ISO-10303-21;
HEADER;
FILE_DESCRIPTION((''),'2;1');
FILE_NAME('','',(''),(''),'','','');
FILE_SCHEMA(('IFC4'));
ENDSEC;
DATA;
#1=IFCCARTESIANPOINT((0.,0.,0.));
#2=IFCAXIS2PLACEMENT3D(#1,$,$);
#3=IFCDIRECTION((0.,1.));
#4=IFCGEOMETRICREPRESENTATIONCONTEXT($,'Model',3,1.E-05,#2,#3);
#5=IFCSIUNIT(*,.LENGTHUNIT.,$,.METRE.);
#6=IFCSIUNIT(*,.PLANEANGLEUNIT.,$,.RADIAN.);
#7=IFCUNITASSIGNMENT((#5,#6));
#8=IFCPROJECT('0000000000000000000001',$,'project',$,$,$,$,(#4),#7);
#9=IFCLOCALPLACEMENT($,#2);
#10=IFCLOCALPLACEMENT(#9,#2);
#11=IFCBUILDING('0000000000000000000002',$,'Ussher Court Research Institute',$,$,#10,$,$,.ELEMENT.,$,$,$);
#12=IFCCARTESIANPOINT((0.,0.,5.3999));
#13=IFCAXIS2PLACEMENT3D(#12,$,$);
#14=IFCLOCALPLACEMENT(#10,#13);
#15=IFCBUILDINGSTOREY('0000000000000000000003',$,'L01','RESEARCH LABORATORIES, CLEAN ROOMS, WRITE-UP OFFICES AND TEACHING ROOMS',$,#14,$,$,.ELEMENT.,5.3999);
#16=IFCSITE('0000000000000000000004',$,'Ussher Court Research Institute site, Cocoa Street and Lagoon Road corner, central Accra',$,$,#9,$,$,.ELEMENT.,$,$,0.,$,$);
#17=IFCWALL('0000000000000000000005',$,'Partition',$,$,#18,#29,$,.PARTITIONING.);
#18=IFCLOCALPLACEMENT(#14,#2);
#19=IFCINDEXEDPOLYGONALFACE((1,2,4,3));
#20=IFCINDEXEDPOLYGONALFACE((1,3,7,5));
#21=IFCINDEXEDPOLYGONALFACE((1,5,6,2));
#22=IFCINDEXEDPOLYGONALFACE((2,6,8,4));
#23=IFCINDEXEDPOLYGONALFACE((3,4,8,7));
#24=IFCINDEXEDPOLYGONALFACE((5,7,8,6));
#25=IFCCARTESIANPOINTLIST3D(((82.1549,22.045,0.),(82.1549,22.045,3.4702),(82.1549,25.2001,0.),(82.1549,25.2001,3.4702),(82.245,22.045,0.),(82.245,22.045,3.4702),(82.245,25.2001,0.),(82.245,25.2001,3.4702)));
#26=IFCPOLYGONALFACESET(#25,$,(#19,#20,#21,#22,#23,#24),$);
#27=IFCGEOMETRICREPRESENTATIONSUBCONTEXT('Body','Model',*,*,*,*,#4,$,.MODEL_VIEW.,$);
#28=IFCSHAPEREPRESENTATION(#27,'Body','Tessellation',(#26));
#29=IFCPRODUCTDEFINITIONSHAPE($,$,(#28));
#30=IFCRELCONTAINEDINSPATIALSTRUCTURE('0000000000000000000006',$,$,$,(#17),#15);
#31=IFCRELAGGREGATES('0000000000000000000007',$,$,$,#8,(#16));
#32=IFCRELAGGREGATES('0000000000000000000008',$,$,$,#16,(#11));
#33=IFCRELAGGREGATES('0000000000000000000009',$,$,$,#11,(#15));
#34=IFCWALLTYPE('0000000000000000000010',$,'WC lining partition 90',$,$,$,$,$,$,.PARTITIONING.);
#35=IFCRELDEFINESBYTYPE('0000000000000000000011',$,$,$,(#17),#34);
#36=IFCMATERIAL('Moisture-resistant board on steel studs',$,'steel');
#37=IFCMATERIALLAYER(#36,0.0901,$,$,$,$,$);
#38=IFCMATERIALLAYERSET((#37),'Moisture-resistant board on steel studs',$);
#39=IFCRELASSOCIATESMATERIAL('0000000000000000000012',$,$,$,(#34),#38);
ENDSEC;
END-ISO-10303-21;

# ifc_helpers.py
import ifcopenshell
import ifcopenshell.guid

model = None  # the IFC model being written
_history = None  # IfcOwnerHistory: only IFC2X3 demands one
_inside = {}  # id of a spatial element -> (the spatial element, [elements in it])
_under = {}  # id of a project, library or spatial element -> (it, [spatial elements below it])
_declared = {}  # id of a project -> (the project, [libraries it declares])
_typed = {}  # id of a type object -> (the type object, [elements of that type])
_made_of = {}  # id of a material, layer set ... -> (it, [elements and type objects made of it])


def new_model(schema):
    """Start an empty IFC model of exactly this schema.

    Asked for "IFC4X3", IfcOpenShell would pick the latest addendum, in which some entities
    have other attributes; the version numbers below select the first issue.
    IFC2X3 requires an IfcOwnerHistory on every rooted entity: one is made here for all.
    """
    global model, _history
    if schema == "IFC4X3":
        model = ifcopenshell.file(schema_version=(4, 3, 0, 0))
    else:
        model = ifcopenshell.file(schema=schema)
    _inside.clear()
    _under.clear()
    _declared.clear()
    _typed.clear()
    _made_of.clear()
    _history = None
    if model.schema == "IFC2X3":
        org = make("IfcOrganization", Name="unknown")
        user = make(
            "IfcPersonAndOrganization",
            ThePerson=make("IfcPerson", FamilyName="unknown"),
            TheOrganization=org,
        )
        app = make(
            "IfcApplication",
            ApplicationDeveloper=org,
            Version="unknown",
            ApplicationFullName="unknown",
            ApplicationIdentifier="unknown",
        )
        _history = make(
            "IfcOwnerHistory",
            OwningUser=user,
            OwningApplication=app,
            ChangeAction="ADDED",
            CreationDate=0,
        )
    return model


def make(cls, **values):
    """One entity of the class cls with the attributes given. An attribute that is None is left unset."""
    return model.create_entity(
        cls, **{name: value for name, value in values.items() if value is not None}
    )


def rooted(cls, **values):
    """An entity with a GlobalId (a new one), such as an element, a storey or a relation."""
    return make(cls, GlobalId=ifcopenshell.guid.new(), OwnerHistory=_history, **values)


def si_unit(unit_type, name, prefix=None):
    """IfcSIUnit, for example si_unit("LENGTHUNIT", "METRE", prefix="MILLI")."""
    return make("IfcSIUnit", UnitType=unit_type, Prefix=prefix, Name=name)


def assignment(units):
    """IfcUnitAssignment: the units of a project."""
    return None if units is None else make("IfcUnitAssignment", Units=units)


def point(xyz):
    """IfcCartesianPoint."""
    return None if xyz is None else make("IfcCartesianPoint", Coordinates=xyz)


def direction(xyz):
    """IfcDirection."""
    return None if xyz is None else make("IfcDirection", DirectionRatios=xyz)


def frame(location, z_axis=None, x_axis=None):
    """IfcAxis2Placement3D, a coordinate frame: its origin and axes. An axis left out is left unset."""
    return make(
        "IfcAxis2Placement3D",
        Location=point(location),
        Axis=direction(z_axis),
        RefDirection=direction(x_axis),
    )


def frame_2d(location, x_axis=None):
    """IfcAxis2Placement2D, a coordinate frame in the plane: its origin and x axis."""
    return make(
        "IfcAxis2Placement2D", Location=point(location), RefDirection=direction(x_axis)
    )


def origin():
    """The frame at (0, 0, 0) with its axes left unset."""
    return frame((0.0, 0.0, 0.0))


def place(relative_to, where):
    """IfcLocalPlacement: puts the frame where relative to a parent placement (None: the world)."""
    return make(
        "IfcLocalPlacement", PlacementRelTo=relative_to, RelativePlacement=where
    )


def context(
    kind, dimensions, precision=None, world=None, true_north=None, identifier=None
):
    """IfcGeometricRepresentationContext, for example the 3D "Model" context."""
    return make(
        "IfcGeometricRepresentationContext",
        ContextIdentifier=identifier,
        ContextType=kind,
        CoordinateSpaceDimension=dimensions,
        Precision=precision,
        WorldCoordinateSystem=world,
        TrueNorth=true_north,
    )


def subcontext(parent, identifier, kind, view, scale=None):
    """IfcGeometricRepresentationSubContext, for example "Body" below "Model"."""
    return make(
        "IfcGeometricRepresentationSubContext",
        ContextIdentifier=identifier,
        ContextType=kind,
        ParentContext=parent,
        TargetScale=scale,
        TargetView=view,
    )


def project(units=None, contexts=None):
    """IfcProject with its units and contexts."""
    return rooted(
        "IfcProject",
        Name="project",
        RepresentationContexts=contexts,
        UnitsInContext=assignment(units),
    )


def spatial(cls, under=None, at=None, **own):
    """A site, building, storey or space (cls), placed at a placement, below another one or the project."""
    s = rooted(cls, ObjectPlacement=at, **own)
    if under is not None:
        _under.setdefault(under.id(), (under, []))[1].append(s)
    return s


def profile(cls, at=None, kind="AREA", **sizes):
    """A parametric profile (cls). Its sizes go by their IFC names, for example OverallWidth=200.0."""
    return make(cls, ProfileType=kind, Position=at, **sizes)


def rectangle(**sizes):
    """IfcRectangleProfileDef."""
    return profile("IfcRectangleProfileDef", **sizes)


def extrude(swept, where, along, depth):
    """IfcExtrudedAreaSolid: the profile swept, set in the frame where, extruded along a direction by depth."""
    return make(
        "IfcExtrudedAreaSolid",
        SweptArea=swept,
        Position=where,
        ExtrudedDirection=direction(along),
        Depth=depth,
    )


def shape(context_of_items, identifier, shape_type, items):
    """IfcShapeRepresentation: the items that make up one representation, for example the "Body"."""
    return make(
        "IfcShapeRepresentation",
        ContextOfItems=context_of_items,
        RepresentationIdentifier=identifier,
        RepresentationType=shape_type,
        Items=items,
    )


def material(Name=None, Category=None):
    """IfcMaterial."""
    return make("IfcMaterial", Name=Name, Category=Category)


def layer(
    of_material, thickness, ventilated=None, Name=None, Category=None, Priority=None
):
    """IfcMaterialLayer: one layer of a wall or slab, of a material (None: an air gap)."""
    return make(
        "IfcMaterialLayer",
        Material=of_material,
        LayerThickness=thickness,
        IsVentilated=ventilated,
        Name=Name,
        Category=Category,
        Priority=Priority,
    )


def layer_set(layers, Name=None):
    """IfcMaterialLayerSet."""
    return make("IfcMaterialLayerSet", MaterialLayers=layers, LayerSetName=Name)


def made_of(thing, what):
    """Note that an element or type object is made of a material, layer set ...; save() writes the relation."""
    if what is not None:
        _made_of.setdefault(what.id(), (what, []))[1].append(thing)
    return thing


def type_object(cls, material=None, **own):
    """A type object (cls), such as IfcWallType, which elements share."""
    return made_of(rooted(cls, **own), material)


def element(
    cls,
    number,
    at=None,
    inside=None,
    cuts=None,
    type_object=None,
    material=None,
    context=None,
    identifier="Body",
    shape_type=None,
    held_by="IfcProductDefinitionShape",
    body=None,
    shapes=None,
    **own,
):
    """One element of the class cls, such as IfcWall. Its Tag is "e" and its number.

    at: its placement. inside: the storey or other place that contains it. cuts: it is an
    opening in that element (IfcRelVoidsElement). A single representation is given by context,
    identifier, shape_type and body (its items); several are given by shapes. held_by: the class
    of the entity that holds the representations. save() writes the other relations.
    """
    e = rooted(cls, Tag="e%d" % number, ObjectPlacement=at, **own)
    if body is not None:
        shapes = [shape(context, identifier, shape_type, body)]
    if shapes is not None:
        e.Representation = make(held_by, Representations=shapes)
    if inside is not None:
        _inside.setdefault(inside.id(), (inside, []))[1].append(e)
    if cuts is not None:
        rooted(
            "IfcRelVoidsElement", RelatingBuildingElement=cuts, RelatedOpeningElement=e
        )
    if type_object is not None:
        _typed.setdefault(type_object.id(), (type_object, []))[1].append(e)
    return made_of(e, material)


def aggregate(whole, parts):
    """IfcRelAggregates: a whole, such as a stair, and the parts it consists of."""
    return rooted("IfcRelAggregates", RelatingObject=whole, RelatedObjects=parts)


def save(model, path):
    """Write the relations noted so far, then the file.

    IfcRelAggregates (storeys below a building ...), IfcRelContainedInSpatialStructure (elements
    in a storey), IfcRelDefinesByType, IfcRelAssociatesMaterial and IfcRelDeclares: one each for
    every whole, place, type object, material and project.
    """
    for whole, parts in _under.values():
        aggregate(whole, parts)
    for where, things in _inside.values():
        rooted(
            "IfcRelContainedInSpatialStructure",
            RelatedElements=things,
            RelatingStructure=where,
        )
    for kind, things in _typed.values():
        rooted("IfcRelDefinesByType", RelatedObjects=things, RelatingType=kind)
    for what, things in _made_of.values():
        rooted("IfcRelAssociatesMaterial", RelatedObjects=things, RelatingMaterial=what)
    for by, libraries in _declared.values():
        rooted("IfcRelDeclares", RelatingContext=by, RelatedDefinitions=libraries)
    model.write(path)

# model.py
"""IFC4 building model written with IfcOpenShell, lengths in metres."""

from ifc_helpers import new_model, si_unit, direction, frame, frame_2d, origin, place, context, subcontext, project, spatial, rectangle, extrude, material, layer, layer_set, type_object, element, save


model = new_model("IFC4")

# Units and contexts
model_context = context("Model", 3, precision=1e-05, world=origin(), true_north=direction((0.0, 1.0)))
body_context = subcontext(model_context, "Body", "Model", "MODEL_VIEW")
ifc_project = project(units=[si_unit("LENGTHUNIT", "METRE"), si_unit("PLANEANGLEUNIT", "RADIAN")], contexts=[model_context])

# Site, building, storey
site_placement = place(None, origin())
site = spatial("IfcSite", under=ifc_project, at=site_placement, Name="Ussher Court Research Institute site, Cocoa Street and Lagoon Road corner, central Accra", CompositionType="ELEMENT", RefElevation=0.0)
building_placement = place(site_placement, origin())
building = spatial("IfcBuilding", under=site, at=building_placement, Name="Ussher Court Research Institute", CompositionType="ELEMENT")
storey_placement = place(building_placement, frame((0.0, 0.0, 5.3999)))
storey = spatial("IfcBuildingStorey", under=building, at=storey_placement, Name="L01", Description="RESEARCH LABORATORIES, CLEAN ROOMS, WRITE-UP OFFICES AND TEACHING ROOMS", CompositionType="ELEMENT", Elevation=5.3999)

# Wall
ifc_material_1 = material(Name="Moisture-resistant board on steel studs", Category="steel")
ifc_layer_1 = layer(ifc_material_1, 0.0901)
ifc_layer_set_1 = layer_set([ifc_layer_1], Name="Moisture-resistant board on steel studs")
wall_type_1 = type_object("IfcWallType", Name="WC lining partition 90", PredefinedType="PARTITIONING", material=ifc_layer_set_1)
wall_1_placement = place(storey_placement, frame((82.2, 22.0449, 0.0), z_axis=(0.0, 0.0, 1.0), x_axis=(0.0, 1.0, 0.0)))
element("IfcWall", 1, at=wall_1_placement, inside=storey, type_object=wall_type_1, Name="Partition", PredefinedType="PARTITIONING", context=body_context, shape_type="SweptSolid", body=[
    extrude(rectangle(XDim=3.155, YDim=0.0901, at=frame_2d((1.5776, 0.0))), origin(), (0.0, 0.0, 1.0), 3.4702),
])

save(model, "model.ifc")
